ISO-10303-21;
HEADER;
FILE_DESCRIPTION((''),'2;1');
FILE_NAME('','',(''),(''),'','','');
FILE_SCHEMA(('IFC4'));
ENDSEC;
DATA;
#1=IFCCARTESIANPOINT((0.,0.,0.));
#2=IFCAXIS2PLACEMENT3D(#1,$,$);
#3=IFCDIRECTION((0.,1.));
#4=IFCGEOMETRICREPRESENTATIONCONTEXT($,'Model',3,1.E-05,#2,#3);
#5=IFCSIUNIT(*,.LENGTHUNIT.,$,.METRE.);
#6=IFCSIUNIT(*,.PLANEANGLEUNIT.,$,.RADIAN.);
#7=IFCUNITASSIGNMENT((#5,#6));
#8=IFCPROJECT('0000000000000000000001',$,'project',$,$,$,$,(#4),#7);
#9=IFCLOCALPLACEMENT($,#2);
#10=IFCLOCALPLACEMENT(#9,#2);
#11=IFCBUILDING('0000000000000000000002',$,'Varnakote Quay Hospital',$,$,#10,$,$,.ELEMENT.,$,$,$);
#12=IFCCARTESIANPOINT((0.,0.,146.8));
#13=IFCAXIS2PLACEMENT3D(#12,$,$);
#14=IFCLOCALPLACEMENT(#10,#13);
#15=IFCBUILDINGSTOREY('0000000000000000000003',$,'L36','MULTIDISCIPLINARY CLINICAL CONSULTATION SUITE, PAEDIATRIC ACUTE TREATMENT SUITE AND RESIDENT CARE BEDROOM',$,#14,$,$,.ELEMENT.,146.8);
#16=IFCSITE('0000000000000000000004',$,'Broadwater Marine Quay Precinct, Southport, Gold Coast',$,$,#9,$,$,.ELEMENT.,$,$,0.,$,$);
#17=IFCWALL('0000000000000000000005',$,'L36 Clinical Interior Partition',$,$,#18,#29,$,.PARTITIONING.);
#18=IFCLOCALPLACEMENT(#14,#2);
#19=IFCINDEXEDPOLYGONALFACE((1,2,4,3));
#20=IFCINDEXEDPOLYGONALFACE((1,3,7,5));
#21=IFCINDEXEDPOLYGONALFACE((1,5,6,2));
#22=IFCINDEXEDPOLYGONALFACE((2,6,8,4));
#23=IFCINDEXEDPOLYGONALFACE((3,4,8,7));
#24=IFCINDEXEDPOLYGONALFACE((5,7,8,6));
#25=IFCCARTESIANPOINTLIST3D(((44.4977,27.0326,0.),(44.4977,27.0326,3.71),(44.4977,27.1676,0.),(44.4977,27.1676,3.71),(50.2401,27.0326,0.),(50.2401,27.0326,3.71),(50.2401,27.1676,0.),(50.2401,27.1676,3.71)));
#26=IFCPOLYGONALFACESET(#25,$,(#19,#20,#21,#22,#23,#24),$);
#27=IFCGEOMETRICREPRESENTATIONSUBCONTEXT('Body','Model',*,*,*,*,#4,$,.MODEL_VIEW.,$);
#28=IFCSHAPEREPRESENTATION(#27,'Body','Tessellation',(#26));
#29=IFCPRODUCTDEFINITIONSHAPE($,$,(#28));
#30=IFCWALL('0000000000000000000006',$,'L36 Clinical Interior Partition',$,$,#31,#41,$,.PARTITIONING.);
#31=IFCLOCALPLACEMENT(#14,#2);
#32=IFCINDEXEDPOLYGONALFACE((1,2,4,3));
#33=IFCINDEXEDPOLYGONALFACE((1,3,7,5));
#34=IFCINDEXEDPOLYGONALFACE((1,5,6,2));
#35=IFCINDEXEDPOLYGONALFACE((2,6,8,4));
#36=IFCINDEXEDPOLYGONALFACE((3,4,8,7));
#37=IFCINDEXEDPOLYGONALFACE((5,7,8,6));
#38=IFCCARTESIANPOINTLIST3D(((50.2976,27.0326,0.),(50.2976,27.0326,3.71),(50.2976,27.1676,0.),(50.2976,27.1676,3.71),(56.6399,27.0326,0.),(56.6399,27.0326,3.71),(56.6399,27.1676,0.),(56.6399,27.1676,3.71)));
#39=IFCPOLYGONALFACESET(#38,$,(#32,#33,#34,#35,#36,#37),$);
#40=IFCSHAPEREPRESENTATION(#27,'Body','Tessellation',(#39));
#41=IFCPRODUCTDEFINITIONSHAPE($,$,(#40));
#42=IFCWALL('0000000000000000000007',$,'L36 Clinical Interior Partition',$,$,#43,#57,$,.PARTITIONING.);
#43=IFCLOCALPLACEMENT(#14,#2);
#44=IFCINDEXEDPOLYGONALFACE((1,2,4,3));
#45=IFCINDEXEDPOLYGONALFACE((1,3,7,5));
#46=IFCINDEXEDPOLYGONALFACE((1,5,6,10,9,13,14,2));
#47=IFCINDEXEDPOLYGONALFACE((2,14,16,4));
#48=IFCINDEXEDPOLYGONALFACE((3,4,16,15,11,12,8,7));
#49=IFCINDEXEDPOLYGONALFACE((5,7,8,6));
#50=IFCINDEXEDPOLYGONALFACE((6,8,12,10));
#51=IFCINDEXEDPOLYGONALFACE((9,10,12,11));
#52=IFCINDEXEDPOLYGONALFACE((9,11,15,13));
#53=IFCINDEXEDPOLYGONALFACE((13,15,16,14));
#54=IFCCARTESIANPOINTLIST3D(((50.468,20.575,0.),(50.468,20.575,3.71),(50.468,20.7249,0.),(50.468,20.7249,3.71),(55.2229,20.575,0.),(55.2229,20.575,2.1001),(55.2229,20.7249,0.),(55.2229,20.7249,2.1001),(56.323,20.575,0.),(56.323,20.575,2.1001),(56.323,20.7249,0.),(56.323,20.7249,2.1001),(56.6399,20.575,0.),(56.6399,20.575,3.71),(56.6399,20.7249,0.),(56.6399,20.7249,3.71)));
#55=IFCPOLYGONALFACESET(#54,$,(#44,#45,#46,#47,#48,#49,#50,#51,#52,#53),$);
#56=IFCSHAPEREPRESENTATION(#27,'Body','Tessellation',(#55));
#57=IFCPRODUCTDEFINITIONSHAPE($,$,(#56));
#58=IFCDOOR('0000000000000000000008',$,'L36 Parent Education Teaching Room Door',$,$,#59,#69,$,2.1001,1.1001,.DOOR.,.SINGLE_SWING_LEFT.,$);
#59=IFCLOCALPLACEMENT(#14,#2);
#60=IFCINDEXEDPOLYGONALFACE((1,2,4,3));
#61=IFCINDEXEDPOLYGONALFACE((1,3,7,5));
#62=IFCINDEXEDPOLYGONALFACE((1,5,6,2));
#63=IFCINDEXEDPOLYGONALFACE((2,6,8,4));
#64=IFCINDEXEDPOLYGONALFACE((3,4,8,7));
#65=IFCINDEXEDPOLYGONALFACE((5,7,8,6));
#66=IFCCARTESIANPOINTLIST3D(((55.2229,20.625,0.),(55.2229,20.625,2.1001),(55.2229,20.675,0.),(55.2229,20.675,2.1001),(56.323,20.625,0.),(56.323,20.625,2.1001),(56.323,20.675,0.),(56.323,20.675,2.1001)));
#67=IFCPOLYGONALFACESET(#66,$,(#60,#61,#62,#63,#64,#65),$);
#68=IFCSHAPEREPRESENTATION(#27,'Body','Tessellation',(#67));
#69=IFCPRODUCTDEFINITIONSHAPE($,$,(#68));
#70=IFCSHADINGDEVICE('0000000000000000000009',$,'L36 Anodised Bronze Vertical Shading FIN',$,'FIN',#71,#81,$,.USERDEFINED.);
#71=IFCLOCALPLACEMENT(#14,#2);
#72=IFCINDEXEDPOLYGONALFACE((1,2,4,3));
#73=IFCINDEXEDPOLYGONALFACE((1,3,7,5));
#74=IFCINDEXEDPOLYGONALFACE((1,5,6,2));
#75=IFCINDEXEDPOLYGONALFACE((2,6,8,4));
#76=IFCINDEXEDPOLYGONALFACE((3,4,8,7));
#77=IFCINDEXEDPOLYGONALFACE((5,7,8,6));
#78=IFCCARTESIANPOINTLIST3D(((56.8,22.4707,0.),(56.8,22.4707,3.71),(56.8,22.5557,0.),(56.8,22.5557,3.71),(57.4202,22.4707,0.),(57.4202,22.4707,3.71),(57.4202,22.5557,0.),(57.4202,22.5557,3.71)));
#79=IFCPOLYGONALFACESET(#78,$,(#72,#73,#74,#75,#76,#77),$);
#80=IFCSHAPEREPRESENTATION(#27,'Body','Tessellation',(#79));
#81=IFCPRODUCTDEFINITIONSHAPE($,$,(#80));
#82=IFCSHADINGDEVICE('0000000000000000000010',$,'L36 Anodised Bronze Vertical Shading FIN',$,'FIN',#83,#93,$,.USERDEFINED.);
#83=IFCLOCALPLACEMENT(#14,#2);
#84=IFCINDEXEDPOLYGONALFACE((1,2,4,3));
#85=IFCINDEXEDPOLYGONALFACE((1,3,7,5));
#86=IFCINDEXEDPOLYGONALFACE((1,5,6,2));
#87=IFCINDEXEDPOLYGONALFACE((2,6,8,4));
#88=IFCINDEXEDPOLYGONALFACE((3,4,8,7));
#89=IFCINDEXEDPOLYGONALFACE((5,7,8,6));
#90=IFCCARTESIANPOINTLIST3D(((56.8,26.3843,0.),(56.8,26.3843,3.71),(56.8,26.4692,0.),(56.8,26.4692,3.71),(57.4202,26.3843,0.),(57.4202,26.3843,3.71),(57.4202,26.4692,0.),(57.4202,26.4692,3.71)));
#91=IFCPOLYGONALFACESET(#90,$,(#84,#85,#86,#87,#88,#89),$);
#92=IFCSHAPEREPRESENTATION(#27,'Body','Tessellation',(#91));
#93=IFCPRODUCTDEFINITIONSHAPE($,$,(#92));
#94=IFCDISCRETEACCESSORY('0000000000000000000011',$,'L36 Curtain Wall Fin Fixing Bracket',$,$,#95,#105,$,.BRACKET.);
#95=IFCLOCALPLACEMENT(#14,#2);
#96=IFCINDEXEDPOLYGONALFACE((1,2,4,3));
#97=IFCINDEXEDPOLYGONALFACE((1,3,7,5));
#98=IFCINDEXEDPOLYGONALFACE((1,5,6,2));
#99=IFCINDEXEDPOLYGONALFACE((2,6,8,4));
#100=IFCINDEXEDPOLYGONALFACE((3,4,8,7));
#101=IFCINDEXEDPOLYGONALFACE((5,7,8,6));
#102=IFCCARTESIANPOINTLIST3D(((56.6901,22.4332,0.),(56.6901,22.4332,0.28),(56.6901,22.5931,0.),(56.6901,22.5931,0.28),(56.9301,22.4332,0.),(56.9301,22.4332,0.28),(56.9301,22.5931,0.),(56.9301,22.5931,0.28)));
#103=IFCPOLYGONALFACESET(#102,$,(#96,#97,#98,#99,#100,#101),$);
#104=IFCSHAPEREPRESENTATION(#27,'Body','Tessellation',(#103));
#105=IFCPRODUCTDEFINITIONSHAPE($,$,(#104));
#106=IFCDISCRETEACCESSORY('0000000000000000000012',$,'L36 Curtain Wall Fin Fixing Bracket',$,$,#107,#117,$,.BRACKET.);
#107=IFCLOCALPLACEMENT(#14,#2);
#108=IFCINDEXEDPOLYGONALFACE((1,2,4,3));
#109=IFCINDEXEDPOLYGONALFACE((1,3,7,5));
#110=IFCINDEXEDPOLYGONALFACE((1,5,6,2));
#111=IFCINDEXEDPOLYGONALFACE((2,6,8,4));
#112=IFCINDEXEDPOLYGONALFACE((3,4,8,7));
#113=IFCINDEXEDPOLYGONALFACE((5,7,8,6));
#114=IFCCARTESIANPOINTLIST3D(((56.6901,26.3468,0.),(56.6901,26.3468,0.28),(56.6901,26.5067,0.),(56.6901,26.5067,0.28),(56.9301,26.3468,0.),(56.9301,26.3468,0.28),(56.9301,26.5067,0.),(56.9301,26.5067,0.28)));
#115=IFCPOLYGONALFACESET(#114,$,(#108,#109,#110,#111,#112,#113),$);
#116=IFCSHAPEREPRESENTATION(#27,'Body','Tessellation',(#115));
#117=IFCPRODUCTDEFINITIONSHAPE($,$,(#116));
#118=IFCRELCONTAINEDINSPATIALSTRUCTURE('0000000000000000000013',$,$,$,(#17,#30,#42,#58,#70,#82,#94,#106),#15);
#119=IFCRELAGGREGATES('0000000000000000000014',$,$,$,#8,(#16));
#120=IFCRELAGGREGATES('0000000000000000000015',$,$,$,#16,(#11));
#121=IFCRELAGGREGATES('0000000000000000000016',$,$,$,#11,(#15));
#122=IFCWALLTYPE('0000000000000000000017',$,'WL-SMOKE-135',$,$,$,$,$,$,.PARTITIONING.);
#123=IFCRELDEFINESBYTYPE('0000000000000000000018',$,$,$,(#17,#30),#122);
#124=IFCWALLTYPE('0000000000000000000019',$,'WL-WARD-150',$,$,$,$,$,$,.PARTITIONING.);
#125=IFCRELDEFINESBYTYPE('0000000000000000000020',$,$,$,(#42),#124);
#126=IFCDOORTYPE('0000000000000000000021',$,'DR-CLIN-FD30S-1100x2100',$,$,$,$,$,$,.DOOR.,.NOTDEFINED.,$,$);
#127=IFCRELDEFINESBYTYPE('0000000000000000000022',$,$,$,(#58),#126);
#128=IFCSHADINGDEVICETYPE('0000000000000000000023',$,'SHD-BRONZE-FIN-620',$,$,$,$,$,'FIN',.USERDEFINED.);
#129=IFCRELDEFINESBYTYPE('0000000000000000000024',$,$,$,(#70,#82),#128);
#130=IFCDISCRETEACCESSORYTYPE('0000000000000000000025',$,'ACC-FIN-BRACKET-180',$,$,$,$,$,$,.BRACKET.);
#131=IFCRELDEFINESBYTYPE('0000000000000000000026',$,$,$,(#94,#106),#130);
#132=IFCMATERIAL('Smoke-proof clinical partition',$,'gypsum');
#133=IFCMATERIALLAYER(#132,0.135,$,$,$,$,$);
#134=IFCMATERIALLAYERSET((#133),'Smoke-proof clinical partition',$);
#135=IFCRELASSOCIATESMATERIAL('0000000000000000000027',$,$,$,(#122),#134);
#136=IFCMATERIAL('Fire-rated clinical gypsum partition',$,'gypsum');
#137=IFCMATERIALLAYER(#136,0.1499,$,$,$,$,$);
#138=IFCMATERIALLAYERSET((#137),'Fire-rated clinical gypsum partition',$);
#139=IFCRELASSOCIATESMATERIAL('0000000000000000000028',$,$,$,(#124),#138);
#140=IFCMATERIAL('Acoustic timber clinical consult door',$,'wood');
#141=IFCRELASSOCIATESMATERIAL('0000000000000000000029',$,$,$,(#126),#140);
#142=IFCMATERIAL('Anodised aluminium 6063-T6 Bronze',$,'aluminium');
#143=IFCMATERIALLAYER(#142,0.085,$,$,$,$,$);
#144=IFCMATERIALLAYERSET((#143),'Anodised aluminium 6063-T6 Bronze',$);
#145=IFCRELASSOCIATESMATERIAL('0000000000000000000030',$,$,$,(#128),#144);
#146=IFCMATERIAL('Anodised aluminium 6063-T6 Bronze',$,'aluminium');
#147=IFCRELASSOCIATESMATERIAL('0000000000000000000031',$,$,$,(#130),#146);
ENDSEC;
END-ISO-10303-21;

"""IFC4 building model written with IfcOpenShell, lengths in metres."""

from ifc_helpers import new_model, si_unit, direction, frame, frame_2d, origin, origin_2d, place, context, subcontext, project, spatial, rectangle, extrude, material, layer, layer_set, type_object, element, fill, save


model = new_model("IFC4")

# Units and contexts
model_context = context("Model", 3, precision=1e-05, world=origin(), true_north=direction((0.0, 1.0)))
body_context = subcontext(model_context, "Body", "Model", "MODEL_VIEW")
ifc_project = project(units=[si_unit("LENGTHUNIT", "METRE"), si_unit("PLANEANGLEUNIT", "RADIAN")], contexts=[model_context])

# Site, building, storey
site_placement = place(None, origin())
site = spatial("IfcSite", under=ifc_project, at=site_placement, Name="Broadwater Marine Quay Precinct, Southport, Gold Coast", CompositionType="ELEMENT", RefElevation=0.0)
building_placement = place(site_placement, origin())
building = spatial("IfcBuilding", under=site, at=building_placement, Name="Varnakote Quay Hospital", CompositionType="ELEMENT")
storey_placement = place(building_placement, frame((0.0, 0.0, 146.8)))
storey = spatial("IfcBuildingStorey", under=building, at=storey_placement, Name="L36", Description="MULTIDISCIPLINARY CLINICAL CONSULTATION SUITE, PAEDIATRIC ACUTE TREATMENT SUITE AND RESIDENT CARE BEDROOM", CompositionType="ELEMENT", Elevation=146.8)

# Walls
ifc_material_1 = material(Name="Smoke-proof clinical partition", Category="gypsum")
ifc_layer_1 = layer(ifc_material_1, 0.135)
ifc_layer_set_1 = layer_set([ifc_layer_1], Name="Smoke-proof clinical partition")
wall_type_1 = type_object("IfcWallType", Name="WL-SMOKE-135", PredefinedType="PARTITIONING", material=ifc_layer_set_1)
wall_1_placement = place(storey_placement, frame((50.24, 27.1001, 0.0), z_axis=(0.0, 0.0, 1.0), x_axis=(-1.0, 0.0, 0.0)))
element("IfcWall", 1, at=wall_1_placement, inside=storey, type_object=wall_type_1, Name="L36 Clinical Interior Partition", PredefinedType="PARTITIONING", context=body_context, shape_type="SweptSolid", body=[
    extrude(rectangle(XDim=5.7424, YDim=0.135, at=frame_2d((2.8711, 0.0))), origin(), (0.0, 0.0, 1.0), 3.71),
])
wall_2_placement = place(storey_placement, frame((56.6399, 27.1001, 0.0), z_axis=(0.0, 0.0, 1.0), x_axis=(-1.0, 0.0, 0.0)))
element("IfcWall", 2, at=wall_2_placement, inside=storey, type_object=wall_type_1, Name="L36 Clinical Interior Partition", PredefinedType="PARTITIONING", context=body_context, shape_type="SweptSolid", body=[
    extrude(rectangle(XDim=6.3423, YDim=0.135, at=frame_2d((3.1711, 0.0))), origin(), (0.0, 0.0, 1.0), 3.71),
])

# Wall, opening, door
ifc_material_2 = material(Name="Fire-rated clinical gypsum partition", Category="gypsum")
ifc_layer_2 = layer(ifc_material_2, 0.1499)
ifc_layer_set_2 = layer_set([ifc_layer_2], Name="Fire-rated clinical gypsum partition")
wall_type_2 = type_object("IfcWallType", Name="WL-WARD-150", PredefinedType="PARTITIONING", material=ifc_layer_set_2)
wall_3_placement = place(storey_placement, frame((56.6399, 20.6499, 0.0), z_axis=(0.0, 0.0, 1.0), x_axis=(-1.0, 0.0, 0.0)))
wall_3 = element("IfcWall", 3, at=wall_3_placement, inside=storey, type_object=wall_type_2, Name="L36 Clinical Interior Partition", PredefinedType="PARTITIONING", context=body_context, shape_type="SweptSolid", body=[
    extrude(rectangle(XDim=6.1719, YDim=0.1499, at=frame_2d((3.0859, 0.0))), origin(), (0.0, 0.0, 1.0), 3.71),
])
opening_1_placement = place(wall_3_placement, frame((0.3169, 0.0, 0.0)))
opening_1 = element("IfcOpeningElement", 4, at=opening_1_placement, cuts=wall_3, PredefinedType="OPENING", context=body_context, shape_type="SweptSolid", body=[
    extrude(rectangle(XDim=1.1001, YDim=2.1001, at=frame_2d((0.55, 1.05))), frame((0.0, 0.085, 0.0), z_axis=(0.0, -1.0, 0.0), x_axis=(1.0, 0.0, 0.0)), (0.0, 0.0, 1.0), 0.1699),
])
ifc_material_3 = material(Name="Acoustic timber clinical consult door", Category="wood")
door_type_1 = type_object("IfcDoorType", Name="DR-CLIN-FD30S-1100x2100", OperationType="NOTDEFINED", PredefinedType="DOOR", material=ifc_material_3)
door_1_placement = place(opening_1_placement, origin())
door_1 = element("IfcDoor", 5, at=door_1_placement, inside=storey, type_object=door_type_1, Name="L36 Parent Education Teaching Room Door", OperationType="SINGLE_SWING_LEFT", OverallHeight=2.1001, OverallWidth=1.1001, PredefinedType="DOOR", context=body_context, shape_type="SweptSolid", body=[
    extrude(rectangle(XDim=1.1001, YDim=2.1001, at=frame_2d((0.55, 1.05))), frame((0.0, 0.0249, 0.0), z_axis=(0.0, -1.0, 0.0), x_axis=(1.0, 0.0, 0.0)), (0.0, 0.0, 1.0), 0.05),
])
fill(opening_1, door_1)

# Shading devices
ifc_material_4 = material(Name="Anodised aluminium 6063-T6 Bronze", Category="aluminium")
ifc_layer_3 = layer(ifc_material_4, 0.085)
ifc_layer_set_3 = layer_set([ifc_layer_3], Name="Anodised aluminium 6063-T6 Bronze")
shading_device_type = type_object("IfcShadingDeviceType", Name="SHD-BRONZE-FIN-620", ElementType="FIN", PredefinedType="USERDEFINED", material=ifc_layer_set_3)
for number, where, z_axis, x_axis, name in (
    (6, (57.1101, 22.5132, 0.0), (0.0, 0.0, 1.0), (-1.0, 0.0, 0.0), "L36 Anodised Bronze Vertical Shading FIN"),
    (7, (57.1101, 26.4268, 0.0), (0.0, 0.0, 1.0), (-1.0, 0.0, 0.0), "L36 Anodised Bronze Vertical Shading FIN"),
):
    element("IfcShadingDevice", number, at=place(storey_placement, frame(where, z_axis=z_axis, x_axis=x_axis)), inside=storey, type_object=shading_device_type, Name=name, ObjectType="FIN", PredefinedType="USERDEFINED", context=body_context, shape_type="SweptSolid", body=[
        extrude(rectangle(XDim=0.6201, YDim=0.085, at=origin_2d()), origin(), (0.0, 0.0, 1.0), 3.71),
    ])

# Discrete accessories
ifc_material_5 = material(Name="Anodised aluminium 6063-T6 Bronze", Category="aluminium")
discrete_accessory_type = type_object("IfcDiscreteAccessoryType", Name="ACC-FIN-BRACKET-180", PredefinedType="BRACKET", material=ifc_material_5)
for number, where, z_axis, x_axis, name in (
    (8, (56.8101, 22.5132, 0.0), (0.0, 0.0, 1.0), (0.0, 1.0, 0.0), "L36 Curtain Wall Fin Fixing Bracket"),
    (9, (56.8101, 26.4268, 0.0), (0.0, 0.0, 1.0), (0.0, 1.0, 0.0), "L36 Curtain Wall Fin Fixing Bracket"),
):
    element("IfcDiscreteAccessory", number, at=place(storey_placement, frame(where, z_axis=z_axis, x_axis=x_axis)), inside=storey, type_object=discrete_accessory_type, Name=name, PredefinedType="BRACKET", context=body_context, shape_type="SweptSolid", body=[
        extrude(rectangle(XDim=0.1599, YDim=0.24, at=origin_2d()), origin(), (0.0, 0.0, 1.0), 0.28),
    ])

save(model, "model.ifc")
